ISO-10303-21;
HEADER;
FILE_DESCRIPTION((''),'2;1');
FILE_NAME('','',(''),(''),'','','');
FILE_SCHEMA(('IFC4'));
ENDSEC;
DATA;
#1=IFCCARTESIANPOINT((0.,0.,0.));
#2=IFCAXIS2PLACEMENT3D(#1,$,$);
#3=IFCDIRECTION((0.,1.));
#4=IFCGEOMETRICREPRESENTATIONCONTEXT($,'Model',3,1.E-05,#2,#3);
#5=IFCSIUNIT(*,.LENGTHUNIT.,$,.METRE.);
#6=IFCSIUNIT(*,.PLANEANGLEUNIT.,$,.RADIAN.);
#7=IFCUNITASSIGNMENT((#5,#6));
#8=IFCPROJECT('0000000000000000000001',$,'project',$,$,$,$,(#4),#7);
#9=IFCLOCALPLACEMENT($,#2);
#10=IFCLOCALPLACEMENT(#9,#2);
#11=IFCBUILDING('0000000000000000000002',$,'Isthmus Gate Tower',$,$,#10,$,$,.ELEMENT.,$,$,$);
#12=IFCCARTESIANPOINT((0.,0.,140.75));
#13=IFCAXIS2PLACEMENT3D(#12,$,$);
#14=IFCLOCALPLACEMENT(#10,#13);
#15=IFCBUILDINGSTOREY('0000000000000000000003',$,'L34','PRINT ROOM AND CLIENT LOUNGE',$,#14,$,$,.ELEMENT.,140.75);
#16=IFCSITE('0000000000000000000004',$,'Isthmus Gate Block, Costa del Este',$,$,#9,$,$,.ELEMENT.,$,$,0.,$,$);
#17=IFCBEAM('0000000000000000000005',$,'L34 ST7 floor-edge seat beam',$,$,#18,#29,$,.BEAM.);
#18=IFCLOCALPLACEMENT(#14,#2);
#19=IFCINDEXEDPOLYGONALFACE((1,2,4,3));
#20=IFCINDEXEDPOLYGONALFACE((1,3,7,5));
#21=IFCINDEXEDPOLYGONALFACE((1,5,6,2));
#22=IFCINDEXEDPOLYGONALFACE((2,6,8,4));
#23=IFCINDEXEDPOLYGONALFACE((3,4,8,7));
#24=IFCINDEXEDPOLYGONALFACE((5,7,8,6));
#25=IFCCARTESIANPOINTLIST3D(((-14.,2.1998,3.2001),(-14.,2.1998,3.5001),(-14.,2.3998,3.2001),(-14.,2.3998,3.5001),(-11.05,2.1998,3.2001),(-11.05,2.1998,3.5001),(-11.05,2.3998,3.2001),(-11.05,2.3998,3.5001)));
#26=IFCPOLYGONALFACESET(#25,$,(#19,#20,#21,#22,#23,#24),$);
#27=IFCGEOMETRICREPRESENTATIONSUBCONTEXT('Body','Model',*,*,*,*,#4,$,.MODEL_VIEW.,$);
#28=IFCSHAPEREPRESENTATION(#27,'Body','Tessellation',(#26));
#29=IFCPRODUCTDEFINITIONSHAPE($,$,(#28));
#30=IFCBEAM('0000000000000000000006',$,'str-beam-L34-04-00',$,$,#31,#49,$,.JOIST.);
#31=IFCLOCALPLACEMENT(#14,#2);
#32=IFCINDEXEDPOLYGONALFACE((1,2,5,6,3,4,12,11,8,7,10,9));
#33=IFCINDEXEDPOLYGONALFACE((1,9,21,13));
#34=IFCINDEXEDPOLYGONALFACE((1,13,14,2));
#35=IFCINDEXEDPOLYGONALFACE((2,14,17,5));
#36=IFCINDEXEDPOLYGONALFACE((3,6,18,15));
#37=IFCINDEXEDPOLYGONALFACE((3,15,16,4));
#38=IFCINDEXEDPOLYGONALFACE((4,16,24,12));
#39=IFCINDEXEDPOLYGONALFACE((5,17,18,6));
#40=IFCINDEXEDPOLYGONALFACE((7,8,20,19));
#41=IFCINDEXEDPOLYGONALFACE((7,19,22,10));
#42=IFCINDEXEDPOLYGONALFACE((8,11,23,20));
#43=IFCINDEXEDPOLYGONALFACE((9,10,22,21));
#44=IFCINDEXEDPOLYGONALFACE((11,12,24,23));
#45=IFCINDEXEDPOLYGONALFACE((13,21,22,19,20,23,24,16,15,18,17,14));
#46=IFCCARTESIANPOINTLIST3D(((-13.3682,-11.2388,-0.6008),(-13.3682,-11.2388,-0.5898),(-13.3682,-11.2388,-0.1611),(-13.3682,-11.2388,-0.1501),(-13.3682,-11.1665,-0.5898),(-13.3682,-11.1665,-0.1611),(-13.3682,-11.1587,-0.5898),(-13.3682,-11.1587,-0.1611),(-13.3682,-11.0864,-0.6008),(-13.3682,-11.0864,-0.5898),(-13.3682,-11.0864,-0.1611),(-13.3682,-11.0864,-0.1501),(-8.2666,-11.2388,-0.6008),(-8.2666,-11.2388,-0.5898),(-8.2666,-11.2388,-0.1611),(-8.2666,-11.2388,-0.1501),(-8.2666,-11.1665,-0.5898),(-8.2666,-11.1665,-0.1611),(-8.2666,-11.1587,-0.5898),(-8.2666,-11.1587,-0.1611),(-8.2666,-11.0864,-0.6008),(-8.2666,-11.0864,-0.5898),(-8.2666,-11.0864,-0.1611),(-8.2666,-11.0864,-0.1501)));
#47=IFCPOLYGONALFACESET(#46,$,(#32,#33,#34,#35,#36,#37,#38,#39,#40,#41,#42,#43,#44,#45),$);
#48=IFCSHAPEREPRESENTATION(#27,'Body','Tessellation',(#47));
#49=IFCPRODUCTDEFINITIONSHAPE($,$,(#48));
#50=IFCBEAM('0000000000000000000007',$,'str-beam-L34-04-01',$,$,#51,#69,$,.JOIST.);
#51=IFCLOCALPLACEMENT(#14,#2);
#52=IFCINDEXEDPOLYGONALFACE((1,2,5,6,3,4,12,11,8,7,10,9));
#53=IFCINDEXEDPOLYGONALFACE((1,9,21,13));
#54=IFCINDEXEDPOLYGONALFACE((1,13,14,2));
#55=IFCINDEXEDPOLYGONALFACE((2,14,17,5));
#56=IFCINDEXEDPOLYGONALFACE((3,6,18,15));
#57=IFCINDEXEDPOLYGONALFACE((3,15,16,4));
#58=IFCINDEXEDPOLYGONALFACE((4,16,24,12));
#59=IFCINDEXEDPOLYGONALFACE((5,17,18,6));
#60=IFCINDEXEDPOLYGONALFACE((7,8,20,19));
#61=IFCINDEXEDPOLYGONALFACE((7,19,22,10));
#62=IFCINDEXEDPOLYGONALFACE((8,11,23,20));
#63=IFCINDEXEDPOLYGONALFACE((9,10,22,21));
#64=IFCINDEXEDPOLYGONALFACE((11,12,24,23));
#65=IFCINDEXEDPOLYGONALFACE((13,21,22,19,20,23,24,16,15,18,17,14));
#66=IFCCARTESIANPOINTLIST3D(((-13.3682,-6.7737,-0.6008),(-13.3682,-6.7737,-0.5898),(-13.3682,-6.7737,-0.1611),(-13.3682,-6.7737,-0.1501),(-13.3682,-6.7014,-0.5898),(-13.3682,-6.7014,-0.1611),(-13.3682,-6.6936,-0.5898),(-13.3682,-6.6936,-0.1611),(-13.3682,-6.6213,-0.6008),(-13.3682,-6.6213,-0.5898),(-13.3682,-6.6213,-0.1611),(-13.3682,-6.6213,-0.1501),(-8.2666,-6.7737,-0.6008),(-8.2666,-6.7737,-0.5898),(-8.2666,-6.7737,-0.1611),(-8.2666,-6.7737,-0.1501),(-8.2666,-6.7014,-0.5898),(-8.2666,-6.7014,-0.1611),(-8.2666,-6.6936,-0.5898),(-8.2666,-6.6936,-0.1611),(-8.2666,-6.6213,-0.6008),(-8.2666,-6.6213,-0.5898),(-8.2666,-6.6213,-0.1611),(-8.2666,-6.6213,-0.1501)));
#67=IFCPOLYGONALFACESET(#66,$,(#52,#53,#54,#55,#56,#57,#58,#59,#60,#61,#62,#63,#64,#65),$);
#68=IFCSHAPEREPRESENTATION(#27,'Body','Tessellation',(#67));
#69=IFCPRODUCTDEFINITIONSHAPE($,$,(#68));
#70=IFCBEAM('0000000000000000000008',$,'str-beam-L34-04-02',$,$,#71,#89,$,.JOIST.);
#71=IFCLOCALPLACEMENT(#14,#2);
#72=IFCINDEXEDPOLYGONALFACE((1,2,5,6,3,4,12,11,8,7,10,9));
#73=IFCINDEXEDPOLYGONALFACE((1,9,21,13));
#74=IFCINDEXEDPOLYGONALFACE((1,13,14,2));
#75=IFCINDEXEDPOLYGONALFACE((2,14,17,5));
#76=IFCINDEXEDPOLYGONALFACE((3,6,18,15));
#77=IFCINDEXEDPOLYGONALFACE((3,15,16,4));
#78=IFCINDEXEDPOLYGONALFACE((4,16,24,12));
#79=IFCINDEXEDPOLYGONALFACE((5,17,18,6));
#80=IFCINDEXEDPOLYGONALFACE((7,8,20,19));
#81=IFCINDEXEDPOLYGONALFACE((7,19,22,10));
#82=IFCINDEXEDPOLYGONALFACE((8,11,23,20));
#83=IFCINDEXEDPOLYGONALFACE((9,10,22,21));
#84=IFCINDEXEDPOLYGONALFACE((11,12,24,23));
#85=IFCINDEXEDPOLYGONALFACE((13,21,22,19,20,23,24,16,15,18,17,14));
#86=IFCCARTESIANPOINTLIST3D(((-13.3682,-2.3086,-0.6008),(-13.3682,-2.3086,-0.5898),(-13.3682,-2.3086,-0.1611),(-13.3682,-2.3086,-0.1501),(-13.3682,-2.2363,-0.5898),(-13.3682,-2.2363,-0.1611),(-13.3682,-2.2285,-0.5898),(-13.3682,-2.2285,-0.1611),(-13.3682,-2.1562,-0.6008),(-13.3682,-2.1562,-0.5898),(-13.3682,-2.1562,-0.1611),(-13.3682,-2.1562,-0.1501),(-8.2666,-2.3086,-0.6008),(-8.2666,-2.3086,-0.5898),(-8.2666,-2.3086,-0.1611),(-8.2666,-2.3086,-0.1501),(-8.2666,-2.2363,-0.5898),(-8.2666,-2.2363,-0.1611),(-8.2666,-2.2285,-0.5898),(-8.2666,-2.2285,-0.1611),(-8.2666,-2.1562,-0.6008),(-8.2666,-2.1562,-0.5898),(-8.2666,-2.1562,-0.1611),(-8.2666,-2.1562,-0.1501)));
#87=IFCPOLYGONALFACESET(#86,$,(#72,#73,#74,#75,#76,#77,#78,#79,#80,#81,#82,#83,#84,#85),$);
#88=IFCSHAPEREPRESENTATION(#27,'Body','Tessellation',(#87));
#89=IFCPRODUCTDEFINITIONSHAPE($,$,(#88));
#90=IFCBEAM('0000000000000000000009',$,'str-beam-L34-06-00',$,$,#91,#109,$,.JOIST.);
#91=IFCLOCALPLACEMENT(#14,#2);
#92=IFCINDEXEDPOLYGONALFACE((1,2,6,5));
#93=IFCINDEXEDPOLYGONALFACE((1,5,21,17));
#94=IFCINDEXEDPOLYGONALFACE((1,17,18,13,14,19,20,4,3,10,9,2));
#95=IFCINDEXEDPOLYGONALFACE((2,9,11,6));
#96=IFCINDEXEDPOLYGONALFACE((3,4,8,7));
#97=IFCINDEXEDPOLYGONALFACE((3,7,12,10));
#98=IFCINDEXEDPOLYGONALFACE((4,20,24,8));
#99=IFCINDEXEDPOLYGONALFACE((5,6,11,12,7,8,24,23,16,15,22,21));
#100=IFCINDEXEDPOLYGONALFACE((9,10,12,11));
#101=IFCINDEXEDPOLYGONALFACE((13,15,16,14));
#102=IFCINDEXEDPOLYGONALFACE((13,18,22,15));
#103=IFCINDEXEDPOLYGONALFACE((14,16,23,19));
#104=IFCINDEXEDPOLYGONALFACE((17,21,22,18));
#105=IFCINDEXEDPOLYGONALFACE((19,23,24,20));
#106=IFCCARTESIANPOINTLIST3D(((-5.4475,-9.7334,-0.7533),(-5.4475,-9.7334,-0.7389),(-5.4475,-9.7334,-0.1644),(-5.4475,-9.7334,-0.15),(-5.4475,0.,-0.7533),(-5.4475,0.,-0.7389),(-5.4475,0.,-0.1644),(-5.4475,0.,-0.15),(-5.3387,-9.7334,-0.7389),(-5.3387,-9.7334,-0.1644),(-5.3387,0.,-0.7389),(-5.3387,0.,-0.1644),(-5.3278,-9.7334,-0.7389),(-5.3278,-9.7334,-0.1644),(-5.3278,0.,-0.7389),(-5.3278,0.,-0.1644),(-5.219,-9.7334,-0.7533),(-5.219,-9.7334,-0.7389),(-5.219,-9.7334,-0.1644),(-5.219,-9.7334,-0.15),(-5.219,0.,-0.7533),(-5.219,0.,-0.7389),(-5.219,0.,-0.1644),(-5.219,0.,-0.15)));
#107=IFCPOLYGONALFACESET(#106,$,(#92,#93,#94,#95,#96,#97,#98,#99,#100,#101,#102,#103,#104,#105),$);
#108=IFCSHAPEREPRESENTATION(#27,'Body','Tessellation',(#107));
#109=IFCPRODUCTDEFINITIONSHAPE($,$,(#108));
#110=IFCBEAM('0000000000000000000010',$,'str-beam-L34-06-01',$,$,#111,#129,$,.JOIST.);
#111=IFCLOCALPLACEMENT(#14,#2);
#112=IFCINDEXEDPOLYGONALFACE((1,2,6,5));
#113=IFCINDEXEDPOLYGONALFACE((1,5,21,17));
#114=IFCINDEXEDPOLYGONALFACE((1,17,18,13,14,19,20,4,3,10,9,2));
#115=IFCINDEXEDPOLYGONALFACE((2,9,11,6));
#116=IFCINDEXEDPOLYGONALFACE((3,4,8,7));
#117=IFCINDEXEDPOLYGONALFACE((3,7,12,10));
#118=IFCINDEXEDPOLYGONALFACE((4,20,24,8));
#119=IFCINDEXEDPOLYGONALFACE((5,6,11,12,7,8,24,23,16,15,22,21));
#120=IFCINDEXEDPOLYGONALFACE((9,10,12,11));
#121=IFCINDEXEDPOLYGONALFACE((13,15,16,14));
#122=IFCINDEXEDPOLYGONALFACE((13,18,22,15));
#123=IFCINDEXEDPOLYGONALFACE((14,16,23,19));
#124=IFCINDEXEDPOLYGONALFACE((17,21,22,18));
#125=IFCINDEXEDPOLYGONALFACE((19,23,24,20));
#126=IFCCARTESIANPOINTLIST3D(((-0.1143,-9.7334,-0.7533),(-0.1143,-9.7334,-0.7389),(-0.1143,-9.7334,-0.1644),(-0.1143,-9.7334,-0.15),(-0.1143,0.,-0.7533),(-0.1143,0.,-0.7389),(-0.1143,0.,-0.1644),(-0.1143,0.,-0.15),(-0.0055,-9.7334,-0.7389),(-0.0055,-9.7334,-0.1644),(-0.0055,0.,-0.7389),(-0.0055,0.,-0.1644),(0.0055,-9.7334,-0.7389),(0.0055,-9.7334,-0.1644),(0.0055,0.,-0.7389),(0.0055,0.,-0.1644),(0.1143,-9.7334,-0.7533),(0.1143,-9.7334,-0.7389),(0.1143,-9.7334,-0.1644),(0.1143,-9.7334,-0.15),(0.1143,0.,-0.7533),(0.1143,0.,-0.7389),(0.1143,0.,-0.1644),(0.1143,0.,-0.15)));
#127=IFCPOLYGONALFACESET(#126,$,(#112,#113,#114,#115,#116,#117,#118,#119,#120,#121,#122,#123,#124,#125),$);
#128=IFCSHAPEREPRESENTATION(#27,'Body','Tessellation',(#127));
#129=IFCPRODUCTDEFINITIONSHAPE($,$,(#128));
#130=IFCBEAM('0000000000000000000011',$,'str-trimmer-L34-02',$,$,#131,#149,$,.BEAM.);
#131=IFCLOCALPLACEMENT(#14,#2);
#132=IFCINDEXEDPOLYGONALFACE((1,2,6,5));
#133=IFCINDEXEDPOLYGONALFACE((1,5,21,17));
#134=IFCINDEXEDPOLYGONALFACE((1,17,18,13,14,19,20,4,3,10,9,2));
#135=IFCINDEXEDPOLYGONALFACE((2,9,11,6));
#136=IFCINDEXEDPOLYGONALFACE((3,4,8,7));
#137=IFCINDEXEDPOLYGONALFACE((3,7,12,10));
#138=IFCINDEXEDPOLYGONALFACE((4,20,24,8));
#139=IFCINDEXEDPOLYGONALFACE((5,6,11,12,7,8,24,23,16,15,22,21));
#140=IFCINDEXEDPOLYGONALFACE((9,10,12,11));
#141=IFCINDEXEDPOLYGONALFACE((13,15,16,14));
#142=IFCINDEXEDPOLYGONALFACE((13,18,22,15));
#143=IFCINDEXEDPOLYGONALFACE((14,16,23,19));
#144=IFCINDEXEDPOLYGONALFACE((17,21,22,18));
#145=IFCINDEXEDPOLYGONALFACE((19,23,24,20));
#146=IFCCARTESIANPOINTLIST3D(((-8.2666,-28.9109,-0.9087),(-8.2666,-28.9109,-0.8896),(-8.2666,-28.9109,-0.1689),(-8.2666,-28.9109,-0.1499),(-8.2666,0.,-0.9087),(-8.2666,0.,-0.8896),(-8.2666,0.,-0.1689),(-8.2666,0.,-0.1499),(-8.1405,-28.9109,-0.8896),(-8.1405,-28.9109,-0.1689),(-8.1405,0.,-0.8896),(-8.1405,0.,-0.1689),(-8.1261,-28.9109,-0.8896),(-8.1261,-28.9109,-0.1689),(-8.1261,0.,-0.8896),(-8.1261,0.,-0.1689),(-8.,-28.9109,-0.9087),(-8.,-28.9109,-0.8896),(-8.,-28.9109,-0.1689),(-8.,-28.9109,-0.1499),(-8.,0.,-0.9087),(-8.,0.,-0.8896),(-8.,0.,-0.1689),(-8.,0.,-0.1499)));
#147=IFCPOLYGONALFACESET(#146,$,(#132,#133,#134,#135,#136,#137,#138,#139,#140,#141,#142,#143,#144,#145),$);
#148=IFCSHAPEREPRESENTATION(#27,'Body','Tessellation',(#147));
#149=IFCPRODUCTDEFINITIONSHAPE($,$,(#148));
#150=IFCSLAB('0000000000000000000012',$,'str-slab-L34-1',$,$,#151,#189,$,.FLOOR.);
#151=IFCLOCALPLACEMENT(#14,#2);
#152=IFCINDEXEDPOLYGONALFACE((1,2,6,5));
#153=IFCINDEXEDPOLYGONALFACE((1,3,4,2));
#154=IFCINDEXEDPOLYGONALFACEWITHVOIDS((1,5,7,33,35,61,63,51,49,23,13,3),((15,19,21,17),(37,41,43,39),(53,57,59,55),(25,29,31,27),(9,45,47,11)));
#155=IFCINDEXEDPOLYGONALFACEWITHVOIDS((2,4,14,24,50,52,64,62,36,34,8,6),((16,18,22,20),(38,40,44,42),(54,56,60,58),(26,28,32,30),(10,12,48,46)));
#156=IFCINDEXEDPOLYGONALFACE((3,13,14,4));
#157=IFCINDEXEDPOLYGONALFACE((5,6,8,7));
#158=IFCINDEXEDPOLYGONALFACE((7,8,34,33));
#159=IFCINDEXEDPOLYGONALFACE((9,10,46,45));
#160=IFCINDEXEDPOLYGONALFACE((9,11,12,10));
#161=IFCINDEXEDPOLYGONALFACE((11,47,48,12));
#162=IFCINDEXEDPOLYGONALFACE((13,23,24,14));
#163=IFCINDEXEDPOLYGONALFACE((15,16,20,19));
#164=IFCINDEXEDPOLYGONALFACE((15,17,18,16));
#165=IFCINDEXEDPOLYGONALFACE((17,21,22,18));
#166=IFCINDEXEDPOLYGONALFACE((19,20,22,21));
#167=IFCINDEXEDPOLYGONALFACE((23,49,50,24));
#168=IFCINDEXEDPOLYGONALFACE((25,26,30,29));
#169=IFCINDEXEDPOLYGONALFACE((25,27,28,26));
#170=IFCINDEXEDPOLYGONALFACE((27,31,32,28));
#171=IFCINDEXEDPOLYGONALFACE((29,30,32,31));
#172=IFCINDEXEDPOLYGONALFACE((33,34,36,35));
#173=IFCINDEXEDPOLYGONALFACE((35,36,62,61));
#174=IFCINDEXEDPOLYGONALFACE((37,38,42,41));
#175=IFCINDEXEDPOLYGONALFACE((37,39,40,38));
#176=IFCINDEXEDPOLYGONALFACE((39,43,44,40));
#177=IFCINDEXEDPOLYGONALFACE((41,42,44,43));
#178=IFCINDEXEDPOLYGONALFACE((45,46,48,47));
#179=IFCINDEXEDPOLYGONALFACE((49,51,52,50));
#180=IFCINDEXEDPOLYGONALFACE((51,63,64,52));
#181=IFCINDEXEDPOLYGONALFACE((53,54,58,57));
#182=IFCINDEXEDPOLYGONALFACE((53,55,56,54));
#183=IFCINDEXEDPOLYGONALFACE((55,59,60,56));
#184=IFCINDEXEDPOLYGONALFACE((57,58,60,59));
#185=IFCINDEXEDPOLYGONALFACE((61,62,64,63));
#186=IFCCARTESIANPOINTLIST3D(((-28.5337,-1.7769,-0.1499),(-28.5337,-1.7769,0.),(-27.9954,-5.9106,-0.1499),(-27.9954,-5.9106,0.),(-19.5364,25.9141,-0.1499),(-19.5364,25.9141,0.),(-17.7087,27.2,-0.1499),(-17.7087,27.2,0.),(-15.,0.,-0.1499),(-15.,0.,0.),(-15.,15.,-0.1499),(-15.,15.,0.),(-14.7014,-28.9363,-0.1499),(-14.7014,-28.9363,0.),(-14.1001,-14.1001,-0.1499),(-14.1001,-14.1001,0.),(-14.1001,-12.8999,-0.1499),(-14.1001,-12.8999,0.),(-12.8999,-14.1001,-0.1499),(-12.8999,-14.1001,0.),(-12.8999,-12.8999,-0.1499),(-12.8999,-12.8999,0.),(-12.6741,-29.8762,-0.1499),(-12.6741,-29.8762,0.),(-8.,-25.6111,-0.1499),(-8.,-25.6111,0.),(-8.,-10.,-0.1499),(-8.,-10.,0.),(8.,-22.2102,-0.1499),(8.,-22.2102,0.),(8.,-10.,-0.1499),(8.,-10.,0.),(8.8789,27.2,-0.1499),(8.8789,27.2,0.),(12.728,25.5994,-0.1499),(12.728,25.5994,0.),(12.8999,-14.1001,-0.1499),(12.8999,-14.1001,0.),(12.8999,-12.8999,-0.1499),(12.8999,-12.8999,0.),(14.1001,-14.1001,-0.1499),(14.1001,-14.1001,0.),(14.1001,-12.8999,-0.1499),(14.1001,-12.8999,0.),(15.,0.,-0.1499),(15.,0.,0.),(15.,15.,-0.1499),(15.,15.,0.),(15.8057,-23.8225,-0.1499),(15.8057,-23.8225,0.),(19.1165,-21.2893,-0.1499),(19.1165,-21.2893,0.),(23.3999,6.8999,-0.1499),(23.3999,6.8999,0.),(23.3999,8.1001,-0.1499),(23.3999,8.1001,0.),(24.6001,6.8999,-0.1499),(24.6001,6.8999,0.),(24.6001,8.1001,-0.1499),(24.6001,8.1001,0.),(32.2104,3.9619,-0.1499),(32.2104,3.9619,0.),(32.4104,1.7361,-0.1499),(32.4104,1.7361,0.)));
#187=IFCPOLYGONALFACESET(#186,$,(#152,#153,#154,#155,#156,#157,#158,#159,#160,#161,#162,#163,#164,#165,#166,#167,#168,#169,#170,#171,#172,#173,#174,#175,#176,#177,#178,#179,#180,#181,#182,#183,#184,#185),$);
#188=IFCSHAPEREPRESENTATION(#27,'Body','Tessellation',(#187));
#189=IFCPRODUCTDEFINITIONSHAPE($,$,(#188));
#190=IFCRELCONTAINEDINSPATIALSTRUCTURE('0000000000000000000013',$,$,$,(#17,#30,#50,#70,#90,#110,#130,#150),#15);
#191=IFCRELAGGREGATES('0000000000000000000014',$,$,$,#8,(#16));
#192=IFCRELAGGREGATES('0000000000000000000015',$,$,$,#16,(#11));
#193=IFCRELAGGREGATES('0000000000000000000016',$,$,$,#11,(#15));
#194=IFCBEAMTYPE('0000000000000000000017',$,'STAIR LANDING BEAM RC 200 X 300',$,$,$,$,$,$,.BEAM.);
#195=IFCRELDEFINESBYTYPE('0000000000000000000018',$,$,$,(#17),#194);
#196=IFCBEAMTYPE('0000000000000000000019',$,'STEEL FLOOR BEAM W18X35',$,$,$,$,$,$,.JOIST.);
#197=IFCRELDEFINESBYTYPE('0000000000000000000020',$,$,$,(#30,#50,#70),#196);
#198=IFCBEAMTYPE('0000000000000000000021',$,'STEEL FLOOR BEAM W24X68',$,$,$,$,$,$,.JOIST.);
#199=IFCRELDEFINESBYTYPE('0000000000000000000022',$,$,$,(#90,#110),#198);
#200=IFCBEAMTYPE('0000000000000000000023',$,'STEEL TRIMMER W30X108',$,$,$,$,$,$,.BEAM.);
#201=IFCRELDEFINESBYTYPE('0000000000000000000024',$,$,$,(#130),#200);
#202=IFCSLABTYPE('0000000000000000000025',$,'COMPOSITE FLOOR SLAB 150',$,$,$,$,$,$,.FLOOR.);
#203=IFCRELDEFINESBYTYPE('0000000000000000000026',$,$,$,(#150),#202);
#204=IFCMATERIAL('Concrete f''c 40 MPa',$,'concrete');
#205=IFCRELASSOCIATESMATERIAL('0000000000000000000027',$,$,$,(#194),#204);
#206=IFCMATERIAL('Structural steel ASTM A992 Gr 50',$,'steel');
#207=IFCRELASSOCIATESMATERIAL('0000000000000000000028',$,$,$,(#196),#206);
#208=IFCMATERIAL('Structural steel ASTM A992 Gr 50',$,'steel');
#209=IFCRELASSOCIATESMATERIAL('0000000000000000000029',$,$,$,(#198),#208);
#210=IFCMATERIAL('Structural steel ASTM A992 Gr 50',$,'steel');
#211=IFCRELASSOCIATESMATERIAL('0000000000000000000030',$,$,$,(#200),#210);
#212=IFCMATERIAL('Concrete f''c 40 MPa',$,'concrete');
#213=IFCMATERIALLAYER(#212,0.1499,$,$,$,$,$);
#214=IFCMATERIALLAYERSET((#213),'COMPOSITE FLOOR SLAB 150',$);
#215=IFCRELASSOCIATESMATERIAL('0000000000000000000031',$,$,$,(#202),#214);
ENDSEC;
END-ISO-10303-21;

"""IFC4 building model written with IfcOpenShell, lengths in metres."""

from ifc_helpers import new_model, si_unit, direction, frame, origin, origin_2d, place, context, subcontext, project, spatial, polyline, rectangle, i_section, outline, extrude, material, layer, layer_set, material_profile, profile_set, type_object, element, save


model = new_model("IFC4")

# Units and contexts
model_context = context("Model", 3, precision=1e-05, world=origin(), true_north=direction((0.0, 1.0)))
body_context = subcontext(model_context, "Body", "Model", "MODEL_VIEW")
ifc_project = project(units=[si_unit("LENGTHUNIT", "METRE"), si_unit("PLANEANGLEUNIT", "RADIAN")], contexts=[model_context])

# Site, building, storey
site_placement = place(None, origin())
site = spatial("IfcSite", under=ifc_project, at=site_placement, Name="Isthmus Gate Block, Costa del Este", CompositionType="ELEMENT", RefElevation=0.0)
building_placement = place(site_placement, origin())
building = spatial("IfcBuilding", under=site, at=building_placement, Name="Isthmus Gate Tower", CompositionType="ELEMENT")
storey_placement = place(building_placement, frame((0.0, 0.0, 140.75)))
storey = spatial("IfcBuildingStorey", under=building, at=storey_placement, Name="L34", Description="PRINT ROOM AND CLIENT LOUNGE", CompositionType="ELEMENT", Elevation=140.75)

# Beams
ifc_material_1 = material(Name="Concrete f'c 40 MPa", Category="concrete")
ifc_material_profile_1 = material_profile(ifc_material_1, rectangle(XDim=0.2, YDim=0.3, at=origin_2d()), Name="STAIR LANDING BEAM RC 200 X 300")
ifc_profile_set_1 = profile_set([ifc_material_profile_1], Name="Concrete f'c 40 MPa")
beam_type_1 = type_object("IfcBeamType", Name="STAIR LANDING BEAM RC 200 X 300", PredefinedType="BEAM", material=ifc_profile_set_1)
beam_1_placement = place(storey_placement, frame((-14.0, 2.2998, 3.3501), z_axis=(1.0, 0.0, 0.0), x_axis=(0.0, 1.0, 0.0)))
element("IfcBeam", 1, at=beam_1_placement, inside=storey, type_object=beam_type_1, Name="L34 ST7 floor-edge seat beam", PredefinedType="BEAM", context=body_context, shape_type="SweptSolid", body=[
    extrude(rectangle(XDim=0.2, YDim=0.3, at=origin_2d()), origin(), (0.0, 0.0, 1.0), 2.95),
])
ifc_material_2 = material(Name="Structural steel ASTM A992 Gr 50", Category="steel")
ifc_material_profile_2 = material_profile(ifc_material_2, i_section(OverallWidth=0.1523, OverallDepth=0.4507, WebThickness=0.0078, FlangeThickness=0.011, at=origin_2d()), Name="W18X35")
ifc_profile_set_2 = profile_set([ifc_material_profile_2], Name="Structural steel ASTM A992 Gr 50")
beam_type_2 = type_object("IfcBeamType", Name="STEEL FLOOR BEAM W18X35", PredefinedType="JOIST", material=ifc_profile_set_2)
for number, where, z_axis, x_axis, name in (
    (2, (-13.3682, -11.1626, -0.3755), (1.0, 0.0, 0.0), (0.0, 1.0, 0.0), "str-beam-L34-04-00"),
    (3, (-13.3682, -6.6975, -0.3755), (1.0, 0.0, 0.0), (0.0, 1.0, 0.0), "str-beam-L34-04-01"),
    (4, (-13.3682, -2.2324, -0.3755), (1.0, 0.0, 0.0), (0.0, 1.0, 0.0), "str-beam-L34-04-02"),
):
    element("IfcBeam", number, at=place(storey_placement, frame(where, z_axis=z_axis, x_axis=x_axis)), inside=storey, type_object=beam_type_2, Name=name, PredefinedType="JOIST", context=body_context, shape_type="SweptSolid", body=[
        extrude(i_section(OverallWidth=0.1523, OverallDepth=0.4507, WebThickness=0.0078, FlangeThickness=0.011, at=origin_2d()), origin(), (0.0, 0.0, 1.0), 5.1016),
    ])
ifc_material_3 = material(Name="Structural steel ASTM A992 Gr 50", Category="steel")
ifc_material_profile_3 = material_profile(ifc_material_3, i_section(OverallWidth=0.2285, OverallDepth=0.6033, WebThickness=0.011, FlangeThickness=0.0144, at=origin_2d()), Name="W24X68")
ifc_profile_set_3 = profile_set([ifc_material_profile_3], Name="Structural steel ASTM A992 Gr 50")
beam_type_3 = type_object("IfcBeamType", Name="STEEL FLOOR BEAM W24X68", PredefinedType="JOIST", material=ifc_profile_set_3)
for number, where, z_axis, x_axis, name in (
    (5, (-5.3333, -9.7334, -0.4517), (0.0, 1.0, 0.0), (-1.0, 0.0, 0.0), "str-beam-L34-06-00"),
    (6, (0.0, -9.7334, -0.4517), (0.0, 1.0, 0.0), (-1.0, 0.0, 0.0), "str-beam-L34-06-01"),
):
    element("IfcBeam", number, at=place(storey_placement, frame(where, z_axis=z_axis, x_axis=x_axis)), inside=storey, type_object=beam_type_3, Name=name, PredefinedType="JOIST", context=body_context, shape_type="SweptSolid", body=[
        extrude(i_section(OverallWidth=0.2285, OverallDepth=0.6033, WebThickness=0.011, FlangeThickness=0.0144, at=origin_2d()), origin(), (0.0, 0.0, 1.0), 9.7334),
    ])
ifc_material_4 = material(Name="Structural steel ASTM A992 Gr 50", Category="steel")
ifc_material_profile_4 = material_profile(ifc_material_4, i_section(OverallWidth=0.2666, OverallDepth=0.7588, WebThickness=0.0144, FlangeThickness=0.019, at=origin_2d()), Name="W30X108")
ifc_profile_set_4 = profile_set([ifc_material_profile_4], Name="Structural steel ASTM A992 Gr 50")
beam_type_4 = type_object("IfcBeamType", Name="STEEL TRIMMER W30X108", PredefinedType="BEAM", material=ifc_profile_set_4)
beam_2_placement = place(storey_placement, frame((-8.1333, 0.0, -0.5293), z_axis=(0.0, -1.0, 0.0), x_axis=(1.0, 0.0, 0.0)))
element("IfcBeam", 7, at=beam_2_placement, inside=storey, type_object=beam_type_4, Name="str-trimmer-L34-02", PredefinedType="BEAM", context=body_context, shape_type="SweptSolid", body=[
    extrude(i_section(OverallWidth=0.2666, OverallDepth=0.7588, WebThickness=0.0144, FlangeThickness=0.019, at=origin_2d()), origin(), (0.0, 0.0, 1.0), 28.9109),
])

# Slab
ifc_material_5 = material(Name="Concrete f'c 40 MPa", Category="concrete")
ifc_layer_1 = layer(ifc_material_5, 0.1499)
ifc_layer_set_1 = layer_set([ifc_layer_1], Name="COMPOSITE FLOOR SLAB 150")
slab_type_1 = type_object("IfcSlabType", Name="COMPOSITE FLOOR SLAB 150", PredefinedType="FLOOR", material=ifc_layer_set_1)
slab_1_placement = place(storey_placement, frame((0.0, 0.0, -0.1499)))
element("IfcSlab", 8, at=slab_1_placement, inside=storey, type_object=slab_type_1, Name="str-slab-L34-1", PredefinedType="FLOOR", context=body_context, shape_type="SweptSolid", body=[
    extrude(outline(polyline([(12.728, 25.5994), (32.2104, 3.9619), (32.4104, 1.7361), (19.1165, -21.2893), (15.8057, -23.8225), (-12.6741, -29.8762), (-14.7014, -28.9363), (-27.9954, -5.9106), (-28.5337, -1.7769), (-19.5364, 25.9141), (-17.7087, 27.2), (8.8789, 27.2), (12.728, 25.5994)]), holes=[polyline([(-8.0, -10.0), (-8.0, -25.6111), (8.0, -22.2102), (8.0, -10.0), (-8.0, -10.0)]), polyline([(-14.1001, -12.8999), (-14.1001, -14.1001), (-12.8999, -14.1001), (-12.8999, -12.8999), (-14.1001, -12.8999)]), polyline([(14.1001, -12.8999), (12.8999, -12.8999), (12.8999, -14.1001), (14.1001, -14.1001), (14.1001, -12.8999)]), polyline([(-15.0, 15.0), (-15.0, 0.0), (15.0, 0.0), (15.0, 15.0), (-15.0, 15.0)]), polyline([(24.6001, 6.8999), (24.6001, 8.1001), (23.3999, 8.1001), (23.3999, 6.8999), (24.6001, 6.8999)])]), origin(), (0.0, 0.0, 1.0), 0.1499),
])

save(model, "model.ifc")
